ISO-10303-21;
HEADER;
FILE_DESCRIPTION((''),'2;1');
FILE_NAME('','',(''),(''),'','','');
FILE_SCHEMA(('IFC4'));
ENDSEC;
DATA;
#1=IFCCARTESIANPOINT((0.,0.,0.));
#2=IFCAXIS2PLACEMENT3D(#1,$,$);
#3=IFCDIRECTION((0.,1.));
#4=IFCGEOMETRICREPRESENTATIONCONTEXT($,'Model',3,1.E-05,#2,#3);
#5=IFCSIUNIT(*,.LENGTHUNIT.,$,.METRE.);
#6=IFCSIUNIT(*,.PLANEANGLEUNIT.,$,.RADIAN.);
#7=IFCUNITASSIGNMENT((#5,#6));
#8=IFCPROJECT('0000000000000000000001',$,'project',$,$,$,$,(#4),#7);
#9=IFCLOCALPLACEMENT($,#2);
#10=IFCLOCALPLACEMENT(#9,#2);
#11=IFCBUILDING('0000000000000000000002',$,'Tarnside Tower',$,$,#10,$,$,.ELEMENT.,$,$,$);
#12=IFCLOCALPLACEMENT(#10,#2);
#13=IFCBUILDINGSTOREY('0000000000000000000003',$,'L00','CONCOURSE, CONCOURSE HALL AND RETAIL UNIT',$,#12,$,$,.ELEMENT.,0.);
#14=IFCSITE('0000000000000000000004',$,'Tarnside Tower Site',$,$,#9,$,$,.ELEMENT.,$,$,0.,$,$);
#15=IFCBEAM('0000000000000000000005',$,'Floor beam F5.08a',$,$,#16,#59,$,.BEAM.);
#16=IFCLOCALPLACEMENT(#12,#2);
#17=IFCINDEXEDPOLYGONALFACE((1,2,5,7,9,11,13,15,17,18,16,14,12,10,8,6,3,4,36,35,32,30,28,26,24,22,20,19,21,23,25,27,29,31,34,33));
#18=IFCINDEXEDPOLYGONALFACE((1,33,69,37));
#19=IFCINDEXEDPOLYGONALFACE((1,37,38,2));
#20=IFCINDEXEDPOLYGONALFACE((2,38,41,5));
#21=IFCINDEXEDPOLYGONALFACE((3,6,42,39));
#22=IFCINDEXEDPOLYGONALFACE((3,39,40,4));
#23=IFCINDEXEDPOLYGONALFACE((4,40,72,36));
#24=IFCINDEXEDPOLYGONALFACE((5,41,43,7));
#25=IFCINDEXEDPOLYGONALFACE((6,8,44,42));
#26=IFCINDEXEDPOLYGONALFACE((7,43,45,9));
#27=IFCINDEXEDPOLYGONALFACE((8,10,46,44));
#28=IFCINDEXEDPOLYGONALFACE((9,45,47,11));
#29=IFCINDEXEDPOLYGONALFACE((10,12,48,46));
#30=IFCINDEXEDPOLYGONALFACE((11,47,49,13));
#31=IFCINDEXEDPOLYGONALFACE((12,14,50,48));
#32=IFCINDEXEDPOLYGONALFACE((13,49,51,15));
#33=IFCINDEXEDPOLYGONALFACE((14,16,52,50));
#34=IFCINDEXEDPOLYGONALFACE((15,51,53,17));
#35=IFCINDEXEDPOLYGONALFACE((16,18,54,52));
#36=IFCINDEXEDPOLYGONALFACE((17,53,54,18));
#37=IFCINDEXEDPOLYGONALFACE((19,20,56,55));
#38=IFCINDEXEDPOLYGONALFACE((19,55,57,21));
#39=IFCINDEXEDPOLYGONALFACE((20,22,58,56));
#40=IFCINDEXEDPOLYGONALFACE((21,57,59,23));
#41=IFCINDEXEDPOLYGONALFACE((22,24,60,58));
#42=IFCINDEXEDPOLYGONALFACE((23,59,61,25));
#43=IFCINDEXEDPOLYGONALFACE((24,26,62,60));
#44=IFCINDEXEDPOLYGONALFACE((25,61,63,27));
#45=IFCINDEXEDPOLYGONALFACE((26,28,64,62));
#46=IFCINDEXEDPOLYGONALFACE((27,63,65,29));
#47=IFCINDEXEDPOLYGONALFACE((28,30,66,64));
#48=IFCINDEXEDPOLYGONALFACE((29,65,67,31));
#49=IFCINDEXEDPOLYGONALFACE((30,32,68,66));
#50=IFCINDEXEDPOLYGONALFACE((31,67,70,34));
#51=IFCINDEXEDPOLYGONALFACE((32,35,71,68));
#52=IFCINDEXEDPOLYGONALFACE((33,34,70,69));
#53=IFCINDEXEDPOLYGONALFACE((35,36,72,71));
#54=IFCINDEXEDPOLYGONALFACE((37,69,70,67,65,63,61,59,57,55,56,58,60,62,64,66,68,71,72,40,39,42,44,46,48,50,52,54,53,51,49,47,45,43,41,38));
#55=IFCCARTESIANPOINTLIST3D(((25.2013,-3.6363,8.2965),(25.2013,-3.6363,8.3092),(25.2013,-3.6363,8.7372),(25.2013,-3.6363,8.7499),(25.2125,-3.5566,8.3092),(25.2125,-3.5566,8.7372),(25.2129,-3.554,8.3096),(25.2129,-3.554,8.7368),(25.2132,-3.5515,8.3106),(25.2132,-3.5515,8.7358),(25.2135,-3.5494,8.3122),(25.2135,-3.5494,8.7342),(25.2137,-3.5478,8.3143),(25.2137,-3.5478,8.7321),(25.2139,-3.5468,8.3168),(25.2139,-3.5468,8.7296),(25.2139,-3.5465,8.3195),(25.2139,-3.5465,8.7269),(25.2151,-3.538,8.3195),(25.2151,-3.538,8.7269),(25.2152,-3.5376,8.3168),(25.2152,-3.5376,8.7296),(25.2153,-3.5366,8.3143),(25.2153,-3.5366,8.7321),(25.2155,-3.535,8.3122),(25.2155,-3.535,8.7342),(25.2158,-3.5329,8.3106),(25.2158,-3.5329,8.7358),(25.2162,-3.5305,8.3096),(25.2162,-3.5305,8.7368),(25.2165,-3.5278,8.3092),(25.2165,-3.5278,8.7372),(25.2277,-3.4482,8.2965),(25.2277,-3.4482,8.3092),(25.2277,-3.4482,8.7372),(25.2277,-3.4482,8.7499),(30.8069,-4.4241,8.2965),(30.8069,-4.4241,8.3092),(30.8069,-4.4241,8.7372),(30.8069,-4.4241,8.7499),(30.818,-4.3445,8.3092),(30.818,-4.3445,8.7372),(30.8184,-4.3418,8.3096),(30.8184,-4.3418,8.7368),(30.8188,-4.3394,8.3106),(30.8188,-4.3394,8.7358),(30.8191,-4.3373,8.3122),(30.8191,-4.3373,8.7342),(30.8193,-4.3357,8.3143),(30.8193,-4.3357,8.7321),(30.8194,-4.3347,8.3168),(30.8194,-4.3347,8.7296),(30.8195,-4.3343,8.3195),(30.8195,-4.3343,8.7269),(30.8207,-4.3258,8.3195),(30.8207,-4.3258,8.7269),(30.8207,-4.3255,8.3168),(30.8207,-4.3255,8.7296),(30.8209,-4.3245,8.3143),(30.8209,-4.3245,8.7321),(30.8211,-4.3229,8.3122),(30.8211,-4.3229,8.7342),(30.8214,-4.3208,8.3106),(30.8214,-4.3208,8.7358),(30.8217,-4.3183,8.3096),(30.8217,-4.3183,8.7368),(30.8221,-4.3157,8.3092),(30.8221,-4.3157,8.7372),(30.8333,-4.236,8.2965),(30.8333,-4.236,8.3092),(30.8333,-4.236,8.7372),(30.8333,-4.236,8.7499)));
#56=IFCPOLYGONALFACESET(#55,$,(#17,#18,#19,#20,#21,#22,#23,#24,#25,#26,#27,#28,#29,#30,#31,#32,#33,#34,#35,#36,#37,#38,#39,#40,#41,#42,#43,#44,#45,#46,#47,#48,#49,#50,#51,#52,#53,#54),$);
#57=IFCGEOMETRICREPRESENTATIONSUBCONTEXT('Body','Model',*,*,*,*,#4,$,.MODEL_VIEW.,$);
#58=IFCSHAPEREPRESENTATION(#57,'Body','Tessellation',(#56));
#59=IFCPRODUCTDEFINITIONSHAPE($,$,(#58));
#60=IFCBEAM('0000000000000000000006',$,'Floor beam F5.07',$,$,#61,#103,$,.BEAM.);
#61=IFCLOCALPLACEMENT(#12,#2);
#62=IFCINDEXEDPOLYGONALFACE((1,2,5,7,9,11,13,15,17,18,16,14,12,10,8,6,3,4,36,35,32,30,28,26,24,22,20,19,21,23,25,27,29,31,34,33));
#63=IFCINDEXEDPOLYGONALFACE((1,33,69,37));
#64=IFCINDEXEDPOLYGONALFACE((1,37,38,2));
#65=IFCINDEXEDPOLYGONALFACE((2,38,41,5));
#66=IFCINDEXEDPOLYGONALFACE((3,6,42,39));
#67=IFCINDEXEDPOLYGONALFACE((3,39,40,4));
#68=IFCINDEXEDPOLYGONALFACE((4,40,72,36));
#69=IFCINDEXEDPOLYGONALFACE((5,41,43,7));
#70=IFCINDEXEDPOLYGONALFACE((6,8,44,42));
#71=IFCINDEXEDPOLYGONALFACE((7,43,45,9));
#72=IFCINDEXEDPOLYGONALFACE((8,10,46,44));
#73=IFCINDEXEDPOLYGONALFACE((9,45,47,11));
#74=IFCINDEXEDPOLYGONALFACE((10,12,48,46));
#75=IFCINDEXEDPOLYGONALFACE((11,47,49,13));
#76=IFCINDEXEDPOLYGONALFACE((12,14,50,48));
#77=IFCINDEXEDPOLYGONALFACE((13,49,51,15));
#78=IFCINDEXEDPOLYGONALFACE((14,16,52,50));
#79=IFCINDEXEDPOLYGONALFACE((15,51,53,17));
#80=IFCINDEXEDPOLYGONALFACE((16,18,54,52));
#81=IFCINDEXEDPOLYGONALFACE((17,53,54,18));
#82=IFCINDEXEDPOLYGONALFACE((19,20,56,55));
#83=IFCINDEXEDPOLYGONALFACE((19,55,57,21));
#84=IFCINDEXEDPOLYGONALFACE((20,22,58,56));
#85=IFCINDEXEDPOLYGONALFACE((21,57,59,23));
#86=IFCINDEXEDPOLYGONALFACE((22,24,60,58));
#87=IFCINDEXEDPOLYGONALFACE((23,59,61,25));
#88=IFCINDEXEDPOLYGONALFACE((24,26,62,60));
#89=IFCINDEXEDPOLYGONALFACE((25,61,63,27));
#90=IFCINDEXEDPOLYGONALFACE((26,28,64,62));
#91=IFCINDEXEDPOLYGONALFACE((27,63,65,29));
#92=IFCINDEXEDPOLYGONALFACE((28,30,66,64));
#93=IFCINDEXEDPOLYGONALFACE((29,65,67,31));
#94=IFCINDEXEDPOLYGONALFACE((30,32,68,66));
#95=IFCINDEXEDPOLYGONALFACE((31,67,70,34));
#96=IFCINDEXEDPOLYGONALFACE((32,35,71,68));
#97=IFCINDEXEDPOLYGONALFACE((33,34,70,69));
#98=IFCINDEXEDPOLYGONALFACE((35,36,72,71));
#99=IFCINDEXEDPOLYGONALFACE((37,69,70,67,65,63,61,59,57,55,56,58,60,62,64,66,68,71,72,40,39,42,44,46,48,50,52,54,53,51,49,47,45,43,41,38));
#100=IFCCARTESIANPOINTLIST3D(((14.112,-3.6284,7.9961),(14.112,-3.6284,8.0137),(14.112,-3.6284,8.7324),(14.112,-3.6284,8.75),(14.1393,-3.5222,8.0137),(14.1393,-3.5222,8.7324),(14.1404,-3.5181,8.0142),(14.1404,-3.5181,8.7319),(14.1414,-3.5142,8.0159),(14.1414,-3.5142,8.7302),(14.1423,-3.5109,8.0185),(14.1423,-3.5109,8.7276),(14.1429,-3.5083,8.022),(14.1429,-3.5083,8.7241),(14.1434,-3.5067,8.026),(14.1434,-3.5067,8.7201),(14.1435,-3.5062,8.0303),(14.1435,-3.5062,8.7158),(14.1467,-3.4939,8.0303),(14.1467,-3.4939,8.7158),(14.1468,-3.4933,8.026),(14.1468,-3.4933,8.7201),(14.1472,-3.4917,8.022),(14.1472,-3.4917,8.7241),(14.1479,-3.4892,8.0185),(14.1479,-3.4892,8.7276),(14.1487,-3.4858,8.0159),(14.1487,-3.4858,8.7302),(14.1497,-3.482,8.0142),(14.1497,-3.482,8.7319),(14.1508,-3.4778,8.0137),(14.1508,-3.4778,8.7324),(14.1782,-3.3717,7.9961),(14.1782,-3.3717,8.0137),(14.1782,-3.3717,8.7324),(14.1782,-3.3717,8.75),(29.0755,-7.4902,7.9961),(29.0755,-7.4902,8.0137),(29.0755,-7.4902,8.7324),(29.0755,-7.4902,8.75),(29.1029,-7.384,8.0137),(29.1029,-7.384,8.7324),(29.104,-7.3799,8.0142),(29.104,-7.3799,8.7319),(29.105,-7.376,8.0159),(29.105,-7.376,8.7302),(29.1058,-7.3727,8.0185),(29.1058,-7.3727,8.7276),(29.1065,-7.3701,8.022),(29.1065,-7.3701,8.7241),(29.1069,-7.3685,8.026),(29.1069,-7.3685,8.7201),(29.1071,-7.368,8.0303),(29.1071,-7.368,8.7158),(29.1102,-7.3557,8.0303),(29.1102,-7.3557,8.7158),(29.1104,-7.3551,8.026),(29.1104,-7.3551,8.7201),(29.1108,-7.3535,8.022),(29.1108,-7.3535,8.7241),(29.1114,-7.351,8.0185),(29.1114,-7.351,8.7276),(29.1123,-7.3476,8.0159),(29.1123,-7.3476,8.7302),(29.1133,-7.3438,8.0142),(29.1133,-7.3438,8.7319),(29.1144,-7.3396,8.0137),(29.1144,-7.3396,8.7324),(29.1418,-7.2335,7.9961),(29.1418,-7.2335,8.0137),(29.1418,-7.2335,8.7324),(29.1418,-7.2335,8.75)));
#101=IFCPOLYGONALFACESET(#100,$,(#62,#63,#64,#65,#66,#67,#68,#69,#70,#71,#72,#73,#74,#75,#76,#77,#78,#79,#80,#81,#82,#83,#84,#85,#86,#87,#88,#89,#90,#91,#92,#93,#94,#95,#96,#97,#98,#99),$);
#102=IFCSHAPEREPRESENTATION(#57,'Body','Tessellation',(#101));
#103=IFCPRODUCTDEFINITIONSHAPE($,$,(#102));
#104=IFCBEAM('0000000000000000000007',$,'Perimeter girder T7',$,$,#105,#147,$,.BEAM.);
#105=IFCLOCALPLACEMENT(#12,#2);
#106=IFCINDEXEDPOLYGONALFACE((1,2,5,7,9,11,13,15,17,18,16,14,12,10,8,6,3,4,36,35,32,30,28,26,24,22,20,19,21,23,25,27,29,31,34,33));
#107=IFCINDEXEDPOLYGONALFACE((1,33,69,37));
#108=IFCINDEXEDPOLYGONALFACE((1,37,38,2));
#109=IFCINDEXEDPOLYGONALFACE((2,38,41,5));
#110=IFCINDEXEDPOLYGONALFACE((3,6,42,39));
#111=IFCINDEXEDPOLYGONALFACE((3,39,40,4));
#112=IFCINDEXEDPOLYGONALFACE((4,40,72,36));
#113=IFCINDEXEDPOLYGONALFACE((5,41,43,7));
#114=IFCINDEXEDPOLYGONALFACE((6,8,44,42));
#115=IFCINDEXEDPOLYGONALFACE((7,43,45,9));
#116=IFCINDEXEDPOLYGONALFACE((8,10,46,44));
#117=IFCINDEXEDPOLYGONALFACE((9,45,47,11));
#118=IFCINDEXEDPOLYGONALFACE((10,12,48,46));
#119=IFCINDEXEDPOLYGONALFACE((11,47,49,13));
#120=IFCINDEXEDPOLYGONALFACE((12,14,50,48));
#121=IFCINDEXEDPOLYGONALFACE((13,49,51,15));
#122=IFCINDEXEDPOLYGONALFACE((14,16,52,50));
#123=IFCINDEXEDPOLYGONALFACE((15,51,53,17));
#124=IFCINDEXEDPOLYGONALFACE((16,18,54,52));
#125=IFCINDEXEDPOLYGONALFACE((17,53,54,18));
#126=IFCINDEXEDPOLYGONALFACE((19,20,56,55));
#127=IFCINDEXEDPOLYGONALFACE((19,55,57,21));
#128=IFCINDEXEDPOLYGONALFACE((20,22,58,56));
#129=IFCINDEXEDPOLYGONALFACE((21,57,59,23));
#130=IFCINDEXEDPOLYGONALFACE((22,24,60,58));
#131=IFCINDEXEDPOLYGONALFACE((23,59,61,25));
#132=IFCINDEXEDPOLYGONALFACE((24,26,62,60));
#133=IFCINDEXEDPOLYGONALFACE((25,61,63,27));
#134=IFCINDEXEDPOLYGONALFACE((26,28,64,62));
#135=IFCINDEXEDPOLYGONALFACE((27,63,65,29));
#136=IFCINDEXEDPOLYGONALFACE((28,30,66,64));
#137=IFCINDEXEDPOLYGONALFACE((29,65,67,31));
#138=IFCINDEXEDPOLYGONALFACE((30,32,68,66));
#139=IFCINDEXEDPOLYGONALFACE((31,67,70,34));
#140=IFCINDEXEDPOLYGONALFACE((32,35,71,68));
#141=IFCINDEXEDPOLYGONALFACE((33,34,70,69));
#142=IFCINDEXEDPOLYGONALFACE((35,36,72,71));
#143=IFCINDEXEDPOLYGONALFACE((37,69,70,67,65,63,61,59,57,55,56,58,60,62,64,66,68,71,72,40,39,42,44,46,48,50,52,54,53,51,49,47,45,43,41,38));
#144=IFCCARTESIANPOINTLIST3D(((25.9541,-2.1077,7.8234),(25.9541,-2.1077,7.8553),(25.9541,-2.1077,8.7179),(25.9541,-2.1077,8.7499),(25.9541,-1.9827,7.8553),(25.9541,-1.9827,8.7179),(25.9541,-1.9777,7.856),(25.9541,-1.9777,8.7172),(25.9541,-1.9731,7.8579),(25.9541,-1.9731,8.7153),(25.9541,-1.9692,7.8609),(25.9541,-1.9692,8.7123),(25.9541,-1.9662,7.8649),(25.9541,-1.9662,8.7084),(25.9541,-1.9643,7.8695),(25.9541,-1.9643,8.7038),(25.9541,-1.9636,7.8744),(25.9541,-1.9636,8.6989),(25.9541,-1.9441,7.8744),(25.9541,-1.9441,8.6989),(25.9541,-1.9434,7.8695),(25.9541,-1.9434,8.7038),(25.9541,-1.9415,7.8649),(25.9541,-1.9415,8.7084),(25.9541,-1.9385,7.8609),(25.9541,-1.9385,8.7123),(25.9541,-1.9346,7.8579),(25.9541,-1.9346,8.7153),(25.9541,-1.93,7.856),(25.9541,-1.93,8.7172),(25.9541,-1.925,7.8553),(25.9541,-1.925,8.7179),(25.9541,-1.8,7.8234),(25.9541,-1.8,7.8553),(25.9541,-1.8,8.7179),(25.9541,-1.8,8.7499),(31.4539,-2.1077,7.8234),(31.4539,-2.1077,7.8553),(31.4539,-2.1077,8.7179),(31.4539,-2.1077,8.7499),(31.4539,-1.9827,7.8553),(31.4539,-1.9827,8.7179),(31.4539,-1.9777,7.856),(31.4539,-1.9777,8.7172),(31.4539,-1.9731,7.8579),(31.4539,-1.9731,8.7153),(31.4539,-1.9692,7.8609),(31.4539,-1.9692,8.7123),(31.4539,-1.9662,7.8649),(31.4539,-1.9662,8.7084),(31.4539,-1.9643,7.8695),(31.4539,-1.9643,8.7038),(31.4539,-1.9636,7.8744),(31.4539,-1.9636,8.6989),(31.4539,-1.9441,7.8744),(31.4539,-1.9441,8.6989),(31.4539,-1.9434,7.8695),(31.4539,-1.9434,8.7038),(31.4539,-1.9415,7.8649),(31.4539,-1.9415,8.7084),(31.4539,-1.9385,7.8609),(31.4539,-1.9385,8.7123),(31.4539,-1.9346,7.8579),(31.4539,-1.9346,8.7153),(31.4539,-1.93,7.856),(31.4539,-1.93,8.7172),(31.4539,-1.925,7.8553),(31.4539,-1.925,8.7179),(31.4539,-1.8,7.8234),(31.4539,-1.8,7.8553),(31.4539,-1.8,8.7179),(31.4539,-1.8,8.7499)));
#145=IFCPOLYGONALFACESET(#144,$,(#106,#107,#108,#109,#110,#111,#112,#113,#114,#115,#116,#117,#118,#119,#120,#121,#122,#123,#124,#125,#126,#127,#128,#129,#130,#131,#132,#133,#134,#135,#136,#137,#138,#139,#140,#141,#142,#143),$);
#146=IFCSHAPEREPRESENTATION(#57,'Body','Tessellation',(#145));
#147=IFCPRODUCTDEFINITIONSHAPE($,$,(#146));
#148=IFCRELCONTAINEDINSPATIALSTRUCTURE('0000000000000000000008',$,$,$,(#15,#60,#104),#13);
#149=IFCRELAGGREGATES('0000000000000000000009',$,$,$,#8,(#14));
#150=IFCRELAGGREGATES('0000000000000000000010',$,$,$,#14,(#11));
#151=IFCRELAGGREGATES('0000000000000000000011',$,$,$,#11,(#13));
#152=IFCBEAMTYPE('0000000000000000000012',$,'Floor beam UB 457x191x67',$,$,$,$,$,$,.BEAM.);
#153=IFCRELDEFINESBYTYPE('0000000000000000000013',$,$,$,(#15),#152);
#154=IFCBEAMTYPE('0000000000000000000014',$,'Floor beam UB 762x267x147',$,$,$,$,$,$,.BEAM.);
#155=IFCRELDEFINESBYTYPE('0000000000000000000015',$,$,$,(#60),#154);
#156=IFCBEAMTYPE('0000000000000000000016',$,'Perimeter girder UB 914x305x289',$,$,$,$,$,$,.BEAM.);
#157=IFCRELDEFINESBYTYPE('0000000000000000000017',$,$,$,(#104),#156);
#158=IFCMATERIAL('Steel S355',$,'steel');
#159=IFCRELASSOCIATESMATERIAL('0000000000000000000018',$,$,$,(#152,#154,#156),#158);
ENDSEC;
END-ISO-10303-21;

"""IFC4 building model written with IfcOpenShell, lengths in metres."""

from ifc_helpers import new_model, si_unit, direction, frame, origin, origin_2d, place, context, subcontext, project, spatial, i_section, extrude, material, material_profile, profile_set, type_object, element, save


model = new_model("IFC4")

# Units and contexts
model_context = context("Model", 3, precision=1e-05, world=origin(), true_north=direction((0.0, 1.0)))
body_context = subcontext(model_context, "Body", "Model", "MODEL_VIEW")
ifc_project = project(units=[si_unit("LENGTHUNIT", "METRE"), si_unit("PLANEANGLEUNIT", "RADIAN")], contexts=[model_context])

# Site, building, storey
site_placement = place(None, origin())
site = spatial("IfcSite", under=ifc_project, at=site_placement, Name="Tarnside Tower Site", CompositionType="ELEMENT", RefElevation=0.0)
building_placement = place(site_placement, origin())
building = spatial("IfcBuilding", under=site, at=building_placement, Name="Tarnside Tower", CompositionType="ELEMENT")
storey_placement = place(building_placement, origin())
storey = spatial("IfcBuildingStorey", under=building, at=storey_placement, Name="L00", Description="CONCOURSE, CONCOURSE HALL AND RETAIL UNIT", CompositionType="ELEMENT", Elevation=0.0)

# Beams
ifc_material_1 = material(Name="Steel S355", Category="steel")
ifc_material_profile_1 = material_profile(ifc_material_1, i_section(OverallWidth=0.1899, OverallDepth=0.4534, WebThickness=0.0085, FlangeThickness=0.0127, FilletRadius=0.0103, at=origin_2d()), Name="UB 457x191x67")
ifc_profile_set_1 = profile_set([ifc_material_profile_1], Name="Steel S355")
beam_type_1 = type_object("IfcBeamType", Name="Floor beam UB 457x191x67", PredefinedType="BEAM", material=ifc_profile_set_1)
beam_1_placement = place(storey_placement, frame((30.8201, -4.3301, 8.5232), z_axis=(-0.990267, 0.139181, 0.0), x_axis=(-0.139181, -0.990267, 0.0)))
element("IfcBeam", 1, at=beam_1_placement, inside=storey, type_object=beam_type_1, Name="Floor beam F5.08a", PredefinedType="BEAM", context=body_context, shape_type="SweptSolid", body=[
    extrude(i_section(OverallWidth=0.1899, OverallDepth=0.4534, WebThickness=0.0085, FlangeThickness=0.0127, FilletRadius=0.0103, at=origin_2d()), origin(), (0.0, 0.0, 1.0), 5.6606),
])
ifc_material_profile_2 = material_profile(ifc_material_1, i_section(OverallWidth=0.2651, OverallDepth=0.7539, WebThickness=0.0127, FlangeThickness=0.0176, FilletRadius=0.0166, at=origin_2d()), Name="UB 762x267x147")
ifc_profile_set_2 = profile_set([ifc_material_profile_2], Name="Steel S355")
beam_type_2 = type_object("IfcBeamType", Name="Floor beam UB 762x267x147", PredefinedType="BEAM", material=ifc_profile_set_2)
beam_2_placement = place(storey_placement, frame((29.1086, -7.3618, 8.373), z_axis=(-0.968274, 0.249892, 0.0), x_axis=(-0.249892, -0.968274, 0.0)))
element("IfcBeam", 2, at=beam_2_placement, inside=storey, type_object=beam_type_2, Name="Floor beam F5.07", PredefinedType="BEAM", context=body_context, shape_type="SweptSolid", body=[
    extrude(i_section(OverallWidth=0.2651, OverallDepth=0.7539, WebThickness=0.0127, FlangeThickness=0.0176, FilletRadius=0.0166, at=origin_2d()), origin(), (0.0, 0.0, 1.0), 15.4539),
])
ifc_material_profile_3 = material_profile(ifc_material_1, i_section(OverallWidth=0.3076, OverallDepth=0.9265, WebThickness=0.0195, FlangeThickness=0.032, FilletRadius=0.019, at=origin_2d()), Name="UB 914x305x289")
ifc_profile_set_3 = profile_set([ifc_material_profile_3], Name="Steel S355")
beam_type_3 = type_object("IfcBeamType", Name="Perimeter girder UB 914x305x289", PredefinedType="BEAM", material=ifc_profile_set_3)
beam_3_placement = place(storey_placement, frame((31.4539, -1.9539, 8.2866), z_axis=(-1.0, 0.0, 0.0), x_axis=(0.0, -1.0, 0.0)))
element("IfcBeam", 3, at=beam_3_placement, inside=storey, type_object=beam_type_3, Name="Perimeter girder T7", PredefinedType="BEAM", context=body_context, shape_type="SweptSolid", body=[
    extrude(i_section(OverallWidth=0.3076, OverallDepth=0.9265, WebThickness=0.0195, FlangeThickness=0.032, FilletRadius=0.019, at=origin_2d()), origin(), (0.0, 0.0, 1.0), 5.4998),
])

save(model, "model.ifc")
